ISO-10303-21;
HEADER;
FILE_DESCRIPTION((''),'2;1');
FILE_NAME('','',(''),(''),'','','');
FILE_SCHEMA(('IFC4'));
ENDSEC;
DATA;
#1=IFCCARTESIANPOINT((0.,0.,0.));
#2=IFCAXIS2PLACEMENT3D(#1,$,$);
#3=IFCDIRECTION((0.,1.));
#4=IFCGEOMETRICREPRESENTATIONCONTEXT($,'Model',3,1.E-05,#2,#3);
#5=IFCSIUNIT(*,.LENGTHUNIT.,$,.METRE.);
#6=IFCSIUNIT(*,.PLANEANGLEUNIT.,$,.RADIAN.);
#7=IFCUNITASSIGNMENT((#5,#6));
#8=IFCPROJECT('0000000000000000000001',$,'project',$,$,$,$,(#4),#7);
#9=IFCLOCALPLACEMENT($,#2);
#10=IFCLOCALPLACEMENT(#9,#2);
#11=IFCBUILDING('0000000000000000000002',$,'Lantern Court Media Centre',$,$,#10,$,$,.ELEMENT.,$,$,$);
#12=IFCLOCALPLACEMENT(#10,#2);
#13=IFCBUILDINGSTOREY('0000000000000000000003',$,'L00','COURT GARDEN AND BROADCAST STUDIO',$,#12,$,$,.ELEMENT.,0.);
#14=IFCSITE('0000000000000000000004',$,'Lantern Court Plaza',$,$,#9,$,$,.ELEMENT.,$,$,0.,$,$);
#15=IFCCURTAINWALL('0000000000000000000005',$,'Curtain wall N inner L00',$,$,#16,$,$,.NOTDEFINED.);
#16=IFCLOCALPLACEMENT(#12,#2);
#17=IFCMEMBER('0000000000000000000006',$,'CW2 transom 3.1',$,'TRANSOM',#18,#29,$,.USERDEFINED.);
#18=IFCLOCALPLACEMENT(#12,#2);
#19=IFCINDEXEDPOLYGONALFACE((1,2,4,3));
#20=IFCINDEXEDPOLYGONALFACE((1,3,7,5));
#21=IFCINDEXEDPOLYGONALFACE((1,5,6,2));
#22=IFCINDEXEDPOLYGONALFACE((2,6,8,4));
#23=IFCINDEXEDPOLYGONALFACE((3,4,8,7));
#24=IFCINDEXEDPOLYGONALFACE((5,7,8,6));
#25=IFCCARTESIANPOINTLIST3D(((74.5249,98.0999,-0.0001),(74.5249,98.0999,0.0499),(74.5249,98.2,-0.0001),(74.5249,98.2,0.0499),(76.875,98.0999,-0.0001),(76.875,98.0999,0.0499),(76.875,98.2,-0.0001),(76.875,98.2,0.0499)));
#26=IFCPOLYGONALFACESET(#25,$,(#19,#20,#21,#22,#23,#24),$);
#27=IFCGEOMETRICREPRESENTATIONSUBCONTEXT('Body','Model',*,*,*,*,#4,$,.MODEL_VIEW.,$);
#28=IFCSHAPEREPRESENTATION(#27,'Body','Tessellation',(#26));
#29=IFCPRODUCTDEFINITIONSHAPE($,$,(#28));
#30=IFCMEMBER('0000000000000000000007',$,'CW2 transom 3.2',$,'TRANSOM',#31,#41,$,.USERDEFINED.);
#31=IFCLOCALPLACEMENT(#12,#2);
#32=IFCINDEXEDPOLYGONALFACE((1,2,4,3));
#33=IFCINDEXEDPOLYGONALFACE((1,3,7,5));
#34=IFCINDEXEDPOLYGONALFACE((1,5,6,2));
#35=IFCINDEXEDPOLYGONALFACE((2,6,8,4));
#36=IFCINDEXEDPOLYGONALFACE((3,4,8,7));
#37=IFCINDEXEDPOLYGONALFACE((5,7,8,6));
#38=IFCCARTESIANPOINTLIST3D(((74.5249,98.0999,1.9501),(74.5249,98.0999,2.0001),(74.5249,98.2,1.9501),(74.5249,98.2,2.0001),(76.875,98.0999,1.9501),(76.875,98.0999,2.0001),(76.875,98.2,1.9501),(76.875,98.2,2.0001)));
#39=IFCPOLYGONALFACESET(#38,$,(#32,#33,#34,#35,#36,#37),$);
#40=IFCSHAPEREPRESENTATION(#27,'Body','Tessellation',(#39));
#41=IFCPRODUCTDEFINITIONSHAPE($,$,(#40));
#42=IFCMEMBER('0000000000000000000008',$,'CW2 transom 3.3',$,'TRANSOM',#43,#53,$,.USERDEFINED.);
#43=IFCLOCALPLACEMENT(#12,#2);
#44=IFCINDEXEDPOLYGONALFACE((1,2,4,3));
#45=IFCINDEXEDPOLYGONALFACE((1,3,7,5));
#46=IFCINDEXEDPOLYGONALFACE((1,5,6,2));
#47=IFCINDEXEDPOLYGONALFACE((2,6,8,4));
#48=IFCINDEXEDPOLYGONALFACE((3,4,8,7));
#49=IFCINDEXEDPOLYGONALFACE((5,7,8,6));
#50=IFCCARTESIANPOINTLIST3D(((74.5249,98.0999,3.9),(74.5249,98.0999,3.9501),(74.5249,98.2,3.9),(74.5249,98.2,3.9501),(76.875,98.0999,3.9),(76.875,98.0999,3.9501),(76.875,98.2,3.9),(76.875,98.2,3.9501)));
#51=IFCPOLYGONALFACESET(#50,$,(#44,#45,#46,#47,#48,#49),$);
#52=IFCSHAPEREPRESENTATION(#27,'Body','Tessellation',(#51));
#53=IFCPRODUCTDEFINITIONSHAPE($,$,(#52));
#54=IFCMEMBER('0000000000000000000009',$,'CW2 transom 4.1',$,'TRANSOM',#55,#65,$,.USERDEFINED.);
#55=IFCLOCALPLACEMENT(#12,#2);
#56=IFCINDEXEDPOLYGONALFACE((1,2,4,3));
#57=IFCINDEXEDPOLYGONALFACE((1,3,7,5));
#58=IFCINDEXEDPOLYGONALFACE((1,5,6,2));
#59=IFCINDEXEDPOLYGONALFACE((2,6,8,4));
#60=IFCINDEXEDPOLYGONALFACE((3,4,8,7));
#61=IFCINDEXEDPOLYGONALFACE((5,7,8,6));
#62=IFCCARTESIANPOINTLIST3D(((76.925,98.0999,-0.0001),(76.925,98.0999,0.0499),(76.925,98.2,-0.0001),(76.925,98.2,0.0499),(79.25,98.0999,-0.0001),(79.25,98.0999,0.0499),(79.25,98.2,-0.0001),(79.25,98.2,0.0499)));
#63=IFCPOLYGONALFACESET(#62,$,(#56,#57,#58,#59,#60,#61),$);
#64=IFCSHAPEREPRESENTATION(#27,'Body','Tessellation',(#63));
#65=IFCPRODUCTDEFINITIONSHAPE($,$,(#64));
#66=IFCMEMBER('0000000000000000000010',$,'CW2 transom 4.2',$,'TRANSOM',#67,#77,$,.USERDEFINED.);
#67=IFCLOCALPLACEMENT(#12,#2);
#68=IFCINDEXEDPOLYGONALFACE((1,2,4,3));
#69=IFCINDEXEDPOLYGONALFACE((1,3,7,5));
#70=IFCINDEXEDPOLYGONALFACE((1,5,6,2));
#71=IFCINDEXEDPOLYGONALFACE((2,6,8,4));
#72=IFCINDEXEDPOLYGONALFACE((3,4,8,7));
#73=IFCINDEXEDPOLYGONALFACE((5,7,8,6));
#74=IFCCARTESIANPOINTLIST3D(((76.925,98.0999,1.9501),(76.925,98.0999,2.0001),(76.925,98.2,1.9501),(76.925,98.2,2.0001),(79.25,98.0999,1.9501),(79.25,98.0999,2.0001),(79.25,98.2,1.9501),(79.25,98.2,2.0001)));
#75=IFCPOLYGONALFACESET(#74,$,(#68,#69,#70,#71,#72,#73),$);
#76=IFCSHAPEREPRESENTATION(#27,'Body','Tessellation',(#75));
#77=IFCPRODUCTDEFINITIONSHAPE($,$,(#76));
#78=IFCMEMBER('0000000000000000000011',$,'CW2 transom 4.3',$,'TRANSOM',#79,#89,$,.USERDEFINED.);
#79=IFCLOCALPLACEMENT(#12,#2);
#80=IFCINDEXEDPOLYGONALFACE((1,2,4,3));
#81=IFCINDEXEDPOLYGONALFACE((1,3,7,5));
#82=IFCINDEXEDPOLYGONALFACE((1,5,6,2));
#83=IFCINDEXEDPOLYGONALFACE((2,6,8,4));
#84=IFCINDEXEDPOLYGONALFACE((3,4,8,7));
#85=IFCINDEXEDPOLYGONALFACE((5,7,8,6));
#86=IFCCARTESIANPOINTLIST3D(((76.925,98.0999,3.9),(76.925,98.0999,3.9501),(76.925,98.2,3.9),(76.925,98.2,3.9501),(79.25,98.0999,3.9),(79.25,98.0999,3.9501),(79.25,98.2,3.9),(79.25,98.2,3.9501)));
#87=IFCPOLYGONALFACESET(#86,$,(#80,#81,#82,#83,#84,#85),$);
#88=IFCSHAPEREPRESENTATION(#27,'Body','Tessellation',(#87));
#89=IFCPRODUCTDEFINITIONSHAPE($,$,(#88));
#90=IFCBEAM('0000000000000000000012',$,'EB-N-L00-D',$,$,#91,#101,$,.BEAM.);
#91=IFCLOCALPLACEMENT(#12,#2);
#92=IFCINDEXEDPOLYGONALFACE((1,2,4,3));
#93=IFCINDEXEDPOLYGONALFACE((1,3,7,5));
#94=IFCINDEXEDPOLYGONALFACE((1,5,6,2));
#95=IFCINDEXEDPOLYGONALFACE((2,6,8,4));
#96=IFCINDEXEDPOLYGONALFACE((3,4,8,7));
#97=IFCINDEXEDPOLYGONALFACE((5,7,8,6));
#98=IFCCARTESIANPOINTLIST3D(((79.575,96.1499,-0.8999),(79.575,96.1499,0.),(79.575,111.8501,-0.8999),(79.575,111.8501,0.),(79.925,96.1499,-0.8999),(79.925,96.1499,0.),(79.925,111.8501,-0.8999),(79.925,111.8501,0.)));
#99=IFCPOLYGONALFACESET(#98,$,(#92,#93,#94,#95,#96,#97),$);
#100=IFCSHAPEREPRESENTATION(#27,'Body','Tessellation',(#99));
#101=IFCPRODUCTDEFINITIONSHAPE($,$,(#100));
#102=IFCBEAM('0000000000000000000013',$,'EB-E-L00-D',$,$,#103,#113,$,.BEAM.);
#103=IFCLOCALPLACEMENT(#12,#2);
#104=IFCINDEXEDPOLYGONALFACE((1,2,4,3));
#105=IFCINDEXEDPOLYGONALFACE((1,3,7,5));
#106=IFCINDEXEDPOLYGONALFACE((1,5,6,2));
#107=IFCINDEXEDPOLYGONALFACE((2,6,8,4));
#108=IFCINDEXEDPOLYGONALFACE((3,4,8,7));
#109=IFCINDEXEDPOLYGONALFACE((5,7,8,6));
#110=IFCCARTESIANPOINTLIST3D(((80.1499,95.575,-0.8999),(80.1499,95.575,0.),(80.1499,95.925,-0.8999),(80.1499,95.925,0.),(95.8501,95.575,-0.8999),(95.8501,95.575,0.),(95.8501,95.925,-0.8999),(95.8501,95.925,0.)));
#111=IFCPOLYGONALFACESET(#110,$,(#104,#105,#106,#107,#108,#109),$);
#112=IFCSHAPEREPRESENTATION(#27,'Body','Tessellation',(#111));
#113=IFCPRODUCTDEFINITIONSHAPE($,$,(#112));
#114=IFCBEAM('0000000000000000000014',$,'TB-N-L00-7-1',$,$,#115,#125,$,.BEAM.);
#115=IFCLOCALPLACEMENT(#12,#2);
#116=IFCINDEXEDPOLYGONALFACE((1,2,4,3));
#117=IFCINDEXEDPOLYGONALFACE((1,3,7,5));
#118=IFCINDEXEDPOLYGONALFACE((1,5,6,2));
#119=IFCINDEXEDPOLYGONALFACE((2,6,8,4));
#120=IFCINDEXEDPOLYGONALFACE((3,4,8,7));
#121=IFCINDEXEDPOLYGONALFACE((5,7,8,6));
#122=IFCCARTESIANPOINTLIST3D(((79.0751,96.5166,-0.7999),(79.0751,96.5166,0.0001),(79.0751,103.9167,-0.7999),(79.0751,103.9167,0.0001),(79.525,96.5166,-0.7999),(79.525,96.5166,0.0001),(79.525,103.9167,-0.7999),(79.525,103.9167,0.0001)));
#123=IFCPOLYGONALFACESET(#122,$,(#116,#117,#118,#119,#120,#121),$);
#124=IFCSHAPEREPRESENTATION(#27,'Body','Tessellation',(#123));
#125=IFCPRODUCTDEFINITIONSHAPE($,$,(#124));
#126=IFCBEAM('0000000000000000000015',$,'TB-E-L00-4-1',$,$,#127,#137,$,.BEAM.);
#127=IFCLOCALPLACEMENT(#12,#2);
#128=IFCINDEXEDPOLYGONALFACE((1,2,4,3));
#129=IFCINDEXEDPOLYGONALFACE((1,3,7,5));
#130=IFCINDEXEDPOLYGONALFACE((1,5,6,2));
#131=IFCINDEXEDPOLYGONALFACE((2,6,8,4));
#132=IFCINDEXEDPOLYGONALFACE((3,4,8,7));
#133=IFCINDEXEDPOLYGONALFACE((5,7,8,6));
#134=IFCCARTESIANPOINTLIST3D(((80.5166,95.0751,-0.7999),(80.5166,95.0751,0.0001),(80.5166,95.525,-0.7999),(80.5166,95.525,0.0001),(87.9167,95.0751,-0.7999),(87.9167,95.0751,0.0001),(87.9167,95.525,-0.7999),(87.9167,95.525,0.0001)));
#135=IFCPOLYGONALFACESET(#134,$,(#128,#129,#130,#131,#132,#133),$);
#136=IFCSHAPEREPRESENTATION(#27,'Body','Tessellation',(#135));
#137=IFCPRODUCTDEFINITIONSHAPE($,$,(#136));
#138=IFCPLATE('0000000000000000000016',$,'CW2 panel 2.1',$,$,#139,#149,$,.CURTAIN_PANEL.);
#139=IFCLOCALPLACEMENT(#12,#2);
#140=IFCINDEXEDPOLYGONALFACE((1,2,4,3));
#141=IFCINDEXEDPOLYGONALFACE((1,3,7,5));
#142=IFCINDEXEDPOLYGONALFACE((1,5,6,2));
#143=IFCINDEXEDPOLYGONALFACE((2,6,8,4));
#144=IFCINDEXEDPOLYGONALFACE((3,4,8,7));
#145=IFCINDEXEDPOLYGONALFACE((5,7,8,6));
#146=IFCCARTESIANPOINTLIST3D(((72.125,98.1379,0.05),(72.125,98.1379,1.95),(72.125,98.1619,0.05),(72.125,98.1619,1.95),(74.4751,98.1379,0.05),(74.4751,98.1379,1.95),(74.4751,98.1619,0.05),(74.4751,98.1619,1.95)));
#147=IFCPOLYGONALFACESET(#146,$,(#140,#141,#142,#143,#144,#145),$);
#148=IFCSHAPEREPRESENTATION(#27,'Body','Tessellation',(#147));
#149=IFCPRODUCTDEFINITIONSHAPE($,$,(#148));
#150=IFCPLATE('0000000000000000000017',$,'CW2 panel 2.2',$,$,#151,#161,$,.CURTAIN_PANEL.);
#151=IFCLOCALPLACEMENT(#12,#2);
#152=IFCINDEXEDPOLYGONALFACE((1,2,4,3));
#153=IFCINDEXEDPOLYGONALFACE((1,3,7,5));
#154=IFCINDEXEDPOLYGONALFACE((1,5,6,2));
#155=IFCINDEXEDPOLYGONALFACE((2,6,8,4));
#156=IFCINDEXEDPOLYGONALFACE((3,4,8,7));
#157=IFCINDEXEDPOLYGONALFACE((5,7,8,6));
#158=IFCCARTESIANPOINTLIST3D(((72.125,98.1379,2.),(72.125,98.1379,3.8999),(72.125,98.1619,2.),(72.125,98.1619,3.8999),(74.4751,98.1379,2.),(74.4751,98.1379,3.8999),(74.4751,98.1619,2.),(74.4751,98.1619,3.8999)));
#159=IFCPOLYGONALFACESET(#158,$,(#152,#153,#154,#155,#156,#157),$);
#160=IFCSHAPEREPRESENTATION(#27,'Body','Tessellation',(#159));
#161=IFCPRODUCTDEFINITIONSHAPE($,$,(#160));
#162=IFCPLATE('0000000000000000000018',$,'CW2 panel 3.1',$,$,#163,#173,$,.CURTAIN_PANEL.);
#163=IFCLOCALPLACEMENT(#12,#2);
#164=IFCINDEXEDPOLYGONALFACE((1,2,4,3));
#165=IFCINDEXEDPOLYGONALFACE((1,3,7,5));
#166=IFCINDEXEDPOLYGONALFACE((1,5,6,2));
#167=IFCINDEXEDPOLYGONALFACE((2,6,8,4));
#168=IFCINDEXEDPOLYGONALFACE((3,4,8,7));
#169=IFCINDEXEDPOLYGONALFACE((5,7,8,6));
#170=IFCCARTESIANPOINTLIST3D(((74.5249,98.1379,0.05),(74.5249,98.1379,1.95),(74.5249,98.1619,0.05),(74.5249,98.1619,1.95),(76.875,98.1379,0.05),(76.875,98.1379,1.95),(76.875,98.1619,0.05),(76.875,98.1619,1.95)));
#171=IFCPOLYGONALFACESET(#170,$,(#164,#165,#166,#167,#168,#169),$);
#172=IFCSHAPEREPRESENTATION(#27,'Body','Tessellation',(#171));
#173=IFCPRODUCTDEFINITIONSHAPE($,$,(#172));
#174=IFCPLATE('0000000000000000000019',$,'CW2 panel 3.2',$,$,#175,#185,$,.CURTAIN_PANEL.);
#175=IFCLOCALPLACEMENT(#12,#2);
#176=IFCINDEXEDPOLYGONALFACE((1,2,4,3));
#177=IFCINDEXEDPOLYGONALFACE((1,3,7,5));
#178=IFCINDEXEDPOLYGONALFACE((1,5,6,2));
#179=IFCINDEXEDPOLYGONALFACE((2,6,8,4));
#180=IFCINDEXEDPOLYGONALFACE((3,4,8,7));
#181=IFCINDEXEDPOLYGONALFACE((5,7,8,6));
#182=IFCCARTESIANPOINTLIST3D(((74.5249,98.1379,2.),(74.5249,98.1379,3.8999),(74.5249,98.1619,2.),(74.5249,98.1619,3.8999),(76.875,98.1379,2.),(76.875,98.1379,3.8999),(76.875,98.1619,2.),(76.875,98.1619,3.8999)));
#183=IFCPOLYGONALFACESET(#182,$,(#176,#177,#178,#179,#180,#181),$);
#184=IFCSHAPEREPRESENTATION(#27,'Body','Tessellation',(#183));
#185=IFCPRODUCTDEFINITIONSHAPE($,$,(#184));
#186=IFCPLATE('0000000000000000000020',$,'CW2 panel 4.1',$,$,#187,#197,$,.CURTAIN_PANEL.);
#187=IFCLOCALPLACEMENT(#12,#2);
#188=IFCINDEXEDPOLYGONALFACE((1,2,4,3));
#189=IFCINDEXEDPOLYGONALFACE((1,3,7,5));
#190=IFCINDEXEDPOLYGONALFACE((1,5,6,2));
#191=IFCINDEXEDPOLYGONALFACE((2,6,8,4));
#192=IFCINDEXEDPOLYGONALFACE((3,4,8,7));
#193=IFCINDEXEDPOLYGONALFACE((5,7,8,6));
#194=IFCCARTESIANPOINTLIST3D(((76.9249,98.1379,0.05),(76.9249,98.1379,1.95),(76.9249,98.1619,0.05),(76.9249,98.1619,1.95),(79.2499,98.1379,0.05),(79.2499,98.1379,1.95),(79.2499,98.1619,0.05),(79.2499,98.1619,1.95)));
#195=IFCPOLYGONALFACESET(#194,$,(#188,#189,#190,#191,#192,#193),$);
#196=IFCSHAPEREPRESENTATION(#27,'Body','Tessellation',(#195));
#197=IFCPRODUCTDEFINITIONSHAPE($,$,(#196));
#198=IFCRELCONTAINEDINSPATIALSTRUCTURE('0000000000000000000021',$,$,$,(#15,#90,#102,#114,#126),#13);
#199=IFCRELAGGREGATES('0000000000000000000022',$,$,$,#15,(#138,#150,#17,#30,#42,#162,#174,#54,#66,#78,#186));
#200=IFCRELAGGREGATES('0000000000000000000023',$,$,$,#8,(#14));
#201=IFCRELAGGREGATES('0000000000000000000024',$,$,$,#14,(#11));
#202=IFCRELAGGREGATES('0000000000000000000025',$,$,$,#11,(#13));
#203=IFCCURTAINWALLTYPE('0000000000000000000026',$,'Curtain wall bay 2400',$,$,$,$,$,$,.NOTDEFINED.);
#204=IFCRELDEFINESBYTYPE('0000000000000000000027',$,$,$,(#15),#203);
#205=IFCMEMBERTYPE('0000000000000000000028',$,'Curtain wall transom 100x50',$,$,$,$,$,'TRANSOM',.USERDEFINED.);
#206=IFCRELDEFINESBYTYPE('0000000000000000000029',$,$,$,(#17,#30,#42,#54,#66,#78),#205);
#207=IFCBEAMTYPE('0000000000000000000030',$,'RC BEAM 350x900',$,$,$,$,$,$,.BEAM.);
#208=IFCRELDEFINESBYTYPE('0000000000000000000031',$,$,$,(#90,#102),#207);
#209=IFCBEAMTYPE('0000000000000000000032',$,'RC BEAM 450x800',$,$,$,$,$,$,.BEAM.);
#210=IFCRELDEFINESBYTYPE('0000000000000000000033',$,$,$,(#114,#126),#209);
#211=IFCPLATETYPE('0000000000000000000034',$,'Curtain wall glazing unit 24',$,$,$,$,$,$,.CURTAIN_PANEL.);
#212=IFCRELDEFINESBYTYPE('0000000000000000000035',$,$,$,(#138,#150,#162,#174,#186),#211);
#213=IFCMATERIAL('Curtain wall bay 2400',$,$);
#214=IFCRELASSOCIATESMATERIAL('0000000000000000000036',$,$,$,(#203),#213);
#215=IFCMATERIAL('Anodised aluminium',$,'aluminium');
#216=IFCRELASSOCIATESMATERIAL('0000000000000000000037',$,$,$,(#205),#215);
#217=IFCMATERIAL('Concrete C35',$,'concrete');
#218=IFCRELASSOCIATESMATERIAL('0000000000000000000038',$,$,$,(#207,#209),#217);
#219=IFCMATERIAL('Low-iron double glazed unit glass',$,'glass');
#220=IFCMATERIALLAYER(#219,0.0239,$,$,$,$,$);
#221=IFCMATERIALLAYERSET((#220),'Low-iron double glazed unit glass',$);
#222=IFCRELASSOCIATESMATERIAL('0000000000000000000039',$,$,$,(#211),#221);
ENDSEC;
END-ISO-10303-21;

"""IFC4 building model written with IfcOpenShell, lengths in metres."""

from ifc_helpers import new_model, si_unit, direction, frame, origin, origin_2d, place, context, subcontext, project, spatial, rectangle, extrude, material, layer, layer_set, material_profile, profile_set, type_object, element, aggregate, save


model = new_model("IFC4")

# Units and contexts
model_context = context("Model", 3, precision=1e-05, world=origin(), true_north=direction((0.0, 1.0)))
body_context = subcontext(model_context, "Body", "Model", "MODEL_VIEW")
ifc_project = project(units=[si_unit("LENGTHUNIT", "METRE"), si_unit("PLANEANGLEUNIT", "RADIAN")], contexts=[model_context])

# Site, building, storey
site_placement = place(None, origin())
site = spatial("IfcSite", under=ifc_project, at=site_placement, Name="Lantern Court Plaza", CompositionType="ELEMENT", RefElevation=0.0)
building_placement = place(site_placement, origin())
building = spatial("IfcBuilding", under=site, at=building_placement, Name="Lantern Court Media Centre", CompositionType="ELEMENT")
storey_placement = place(building_placement, origin())
storey = spatial("IfcBuildingStorey", under=building, at=storey_placement, Name="L00", Description="COURT GARDEN AND BROADCAST STUDIO", CompositionType="ELEMENT", Elevation=0.0)

# Shared definitions
ifc_material_1 = material(Name="Concrete C35", Category="concrete")

# Curtain wall, members
ifc_material_2 = material(Name="Curtain wall bay 2400")
curtain_wall_type = type_object("IfcCurtainWallType", Name="Curtain wall bay 2400", PredefinedType="NOTDEFINED", material=ifc_material_2)
curtain_wall_placement = place(storey_placement, origin())
curtain_wall = element("IfcCurtainWall", 1, at=curtain_wall_placement, inside=storey, type_object=curtain_wall_type, Name="Curtain wall N inner L00", PredefinedType="NOTDEFINED")
ifc_material_3 = material(Name="Anodised aluminium", Category="aluminium")
ifc_material_profile_1 = material_profile(ifc_material_3, rectangle(XDim=0.1001, YDim=0.05, at=origin_2d()), Name="AL 50x100")
ifc_profile_set_1 = profile_set([ifc_material_profile_1], Name="Anodised aluminium")
member_type_1 = type_object("IfcMemberType", Name="Curtain wall transom 100x50", ElementType="TRANSOM", PredefinedType="USERDEFINED", material=ifc_profile_set_1)
member_1_placement = place(storey_placement, frame((74.5249, 98.1499, 0.0249), z_axis=(1.0, 0.0, 0.0), x_axis=(0.0, 1.0, 0.0)))
member_1 = element("IfcMember", 2, at=member_1_placement, type_object=member_type_1, Name="CW2 transom 3.1", ObjectType="TRANSOM", PredefinedType="USERDEFINED", context=body_context, shape_type="SweptSolid", body=[
    extrude(rectangle(XDim=0.1001, YDim=0.05, at=origin_2d()), origin(), (0.0, 0.0, 1.0), 2.3501),
])
member_2_placement = place(storey_placement, frame((74.5249, 98.1499, 1.9751), z_axis=(1.0, 0.0, 0.0), x_axis=(0.0, 1.0, 0.0)))
member_2 = element("IfcMember", 3, at=member_2_placement, type_object=member_type_1, Name="CW2 transom 3.2", ObjectType="TRANSOM", PredefinedType="USERDEFINED", context=body_context, shape_type="SweptSolid", body=[
    extrude(rectangle(XDim=0.1001, YDim=0.05, at=origin_2d()), origin(), (0.0, 0.0, 1.0), 2.3501),
])
member_3_placement = place(storey_placement, frame((74.5249, 98.1499, 3.925), z_axis=(1.0, 0.0, 0.0), x_axis=(0.0, 1.0, 0.0)))
member_3 = element("IfcMember", 4, at=member_3_placement, type_object=member_type_1, Name="CW2 transom 3.3", ObjectType="TRANSOM", PredefinedType="USERDEFINED", context=body_context, shape_type="SweptSolid", body=[
    extrude(rectangle(XDim=0.1001, YDim=0.05, at=origin_2d()), origin(), (0.0, 0.0, 1.0), 2.3501),
])
member_4_placement = place(storey_placement, frame((76.925, 98.1499, 0.0249), z_axis=(1.0, 0.0, 0.0), x_axis=(0.0, 1.0, 0.0)))
member_4 = element("IfcMember", 5, at=member_4_placement, type_object=member_type_1, Name="CW2 transom 4.1", ObjectType="TRANSOM", PredefinedType="USERDEFINED", context=body_context, shape_type="SweptSolid", body=[
    extrude(rectangle(XDim=0.1001, YDim=0.05, at=origin_2d()), origin(), (0.0, 0.0, 1.0), 2.325),
])
member_5_placement = place(storey_placement, frame((76.925, 98.1499, 1.9751), z_axis=(1.0, 0.0, 0.0), x_axis=(0.0, 1.0, 0.0)))
member_5 = element("IfcMember", 6, at=member_5_placement, type_object=member_type_1, Name="CW2 transom 4.2", ObjectType="TRANSOM", PredefinedType="USERDEFINED", context=body_context, shape_type="SweptSolid", body=[
    extrude(rectangle(XDim=0.1001, YDim=0.05, at=origin_2d()), origin(), (0.0, 0.0, 1.0), 2.325),
])
member_6_placement = place(storey_placement, frame((76.925, 98.1499, 3.925), z_axis=(1.0, 0.0, 0.0), x_axis=(0.0, 1.0, 0.0)))
member_6 = element("IfcMember", 7, at=member_6_placement, type_object=member_type_1, Name="CW2 transom 4.3", ObjectType="TRANSOM", PredefinedType="USERDEFINED", context=body_context, shape_type="SweptSolid", body=[
    extrude(rectangle(XDim=0.1001, YDim=0.05, at=origin_2d()), origin(), (0.0, 0.0, 1.0), 2.325),
])

# Beams
ifc_material_profile_2 = material_profile(ifc_material_1, rectangle(XDim=0.3501, YDim=0.8999, at=origin_2d()), Name="RC 350x900")
ifc_profile_set_2 = profile_set([ifc_material_profile_2], Name="Concrete C35")
beam_type_1 = type_object("IfcBeamType", Name="RC BEAM 350x900", PredefinedType="BEAM", material=ifc_profile_set_2)
for number, where, z_axis, x_axis, name in (
    (8, (79.75, 96.1499, -0.45), (0.0, 1.0, 0.0), (-1.0, 0.0, 0.0), "EB-N-L00-D"),
    (9, (80.1499, 95.75, -0.45), (1.0, 0.0, 0.0), (0.0, 1.0, 0.0), "EB-E-L00-D"),
):
    element("IfcBeam", number, at=place(storey_placement, frame(where, z_axis=z_axis, x_axis=x_axis)), inside=storey, type_object=beam_type_1, Name=name, PredefinedType="BEAM", context=body_context, shape_type="SweptSolid", body=[
        extrude(rectangle(XDim=0.3501, YDim=0.8999, at=origin_2d()), origin(), (0.0, 0.0, 1.0), 15.7002),
    ])
ifc_material_profile_3 = material_profile(ifc_material_1, rectangle(XDim=0.45, YDim=0.8, at=origin_2d()), Name="RC 450x800")
ifc_profile_set_3 = profile_set([ifc_material_profile_3], Name="Concrete C35")
beam_type_2 = type_object("IfcBeamType", Name="RC BEAM 450x800", PredefinedType="BEAM", material=ifc_profile_set_3)
for number, where, z_axis, x_axis, name in (
    (10, (79.3, 96.5166, -0.3999), (0.0, 1.0, 0.0), (-1.0, 0.0, 0.0), "TB-N-L00-7-1"),
    (11, (80.5166, 95.3, -0.3999), (1.0, 0.0, 0.0), (0.0, 1.0, 0.0), "TB-E-L00-4-1"),
):
    element("IfcBeam", number, at=place(storey_placement, frame(where, z_axis=z_axis, x_axis=x_axis)), inside=storey, type_object=beam_type_2, Name=name, PredefinedType="BEAM", context=body_context, shape_type="SweptSolid", body=[
        extrude(rectangle(XDim=0.45, YDim=0.8, at=origin_2d()), origin(), (0.0, 0.0, 1.0), 7.4001),
    ])

# Plates
ifc_material_4 = material(Name="Low-iron double glazed unit glass", Category="glass")
ifc_layer_1 = layer(ifc_material_4, 0.0239)
ifc_layer_set_1 = layer_set([ifc_layer_1], Name="Low-iron double glazed unit glass")
plate_type = type_object("IfcPlateType", Name="Curtain wall glazing unit 24", PredefinedType="CURTAIN_PANEL", material=ifc_layer_set_1)
plate_1_placement = place(storey_placement, frame((73.3, 98.1499, 0.05), z_axis=(0.0, 0.0, 1.0), x_axis=(1.0, 0.0, 0.0)))
plate_1 = element("IfcPlate", 12, at=plate_1_placement, type_object=plate_type, Name="CW2 panel 2.1", PredefinedType="CURTAIN_PANEL", context=body_context, shape_type="SweptSolid", body=[
    extrude(rectangle(XDim=2.3501, YDim=0.0239, at=origin_2d()), origin(), (0.0, 0.0, 1.0), 1.8999),
])
plate_2_placement = place(storey_placement, frame((73.3, 98.1499, 2.0), z_axis=(0.0, 0.0, 1.0), x_axis=(1.0, 0.0, 0.0)))
plate_2 = element("IfcPlate", 13, at=plate_2_placement, type_object=plate_type, Name="CW2 panel 2.2", PredefinedType="CURTAIN_PANEL", context=body_context, shape_type="SweptSolid", body=[
    extrude(rectangle(XDim=2.3501, YDim=0.0239, at=origin_2d()), origin(), (0.0, 0.0, 1.0), 1.8999),
])
plate_3_placement = place(storey_placement, frame((75.7, 98.1499, 0.05), z_axis=(0.0, 0.0, 1.0), x_axis=(1.0, 0.0, 0.0)))
plate_3 = element("IfcPlate", 14, at=plate_3_placement, type_object=plate_type, Name="CW2 panel 3.1", PredefinedType="CURTAIN_PANEL", context=body_context, shape_type="SweptSolid", body=[
    extrude(rectangle(XDim=2.3501, YDim=0.0239, at=origin_2d()), origin(), (0.0, 0.0, 1.0), 1.8999),
])
plate_4_placement = place(storey_placement, frame((75.7, 98.1499, 2.0), z_axis=(0.0, 0.0, 1.0), x_axis=(1.0, 0.0, 0.0)))
plate_4 = element("IfcPlate", 15, at=plate_4_placement, type_object=plate_type, Name="CW2 panel 3.2", PredefinedType="CURTAIN_PANEL", context=body_context, shape_type="SweptSolid", body=[
    extrude(rectangle(XDim=2.3501, YDim=0.0239, at=origin_2d()), origin(), (0.0, 0.0, 1.0), 1.8999),
])
plate_5_placement = place(storey_placement, frame((78.0874, 98.1499, 0.05), z_axis=(0.0, 0.0, 1.0), x_axis=(1.0, 0.0, 0.0)))
plate_5 = element("IfcPlate", 16, at=plate_5_placement, type_object=plate_type, Name="CW2 panel 4.1", PredefinedType="CURTAIN_PANEL", context=body_context, shape_type="SweptSolid", body=[
    extrude(rectangle(XDim=2.325, YDim=0.0239, at=origin_2d()), origin(), (0.0, 0.0, 1.0), 1.8999),
])
aggregate(curtain_wall, [plate_1, plate_2, member_1, member_2, member_3, plate_3, plate_4, member_4, member_5, member_6, plate_5])

save(model, "model.ifc")
